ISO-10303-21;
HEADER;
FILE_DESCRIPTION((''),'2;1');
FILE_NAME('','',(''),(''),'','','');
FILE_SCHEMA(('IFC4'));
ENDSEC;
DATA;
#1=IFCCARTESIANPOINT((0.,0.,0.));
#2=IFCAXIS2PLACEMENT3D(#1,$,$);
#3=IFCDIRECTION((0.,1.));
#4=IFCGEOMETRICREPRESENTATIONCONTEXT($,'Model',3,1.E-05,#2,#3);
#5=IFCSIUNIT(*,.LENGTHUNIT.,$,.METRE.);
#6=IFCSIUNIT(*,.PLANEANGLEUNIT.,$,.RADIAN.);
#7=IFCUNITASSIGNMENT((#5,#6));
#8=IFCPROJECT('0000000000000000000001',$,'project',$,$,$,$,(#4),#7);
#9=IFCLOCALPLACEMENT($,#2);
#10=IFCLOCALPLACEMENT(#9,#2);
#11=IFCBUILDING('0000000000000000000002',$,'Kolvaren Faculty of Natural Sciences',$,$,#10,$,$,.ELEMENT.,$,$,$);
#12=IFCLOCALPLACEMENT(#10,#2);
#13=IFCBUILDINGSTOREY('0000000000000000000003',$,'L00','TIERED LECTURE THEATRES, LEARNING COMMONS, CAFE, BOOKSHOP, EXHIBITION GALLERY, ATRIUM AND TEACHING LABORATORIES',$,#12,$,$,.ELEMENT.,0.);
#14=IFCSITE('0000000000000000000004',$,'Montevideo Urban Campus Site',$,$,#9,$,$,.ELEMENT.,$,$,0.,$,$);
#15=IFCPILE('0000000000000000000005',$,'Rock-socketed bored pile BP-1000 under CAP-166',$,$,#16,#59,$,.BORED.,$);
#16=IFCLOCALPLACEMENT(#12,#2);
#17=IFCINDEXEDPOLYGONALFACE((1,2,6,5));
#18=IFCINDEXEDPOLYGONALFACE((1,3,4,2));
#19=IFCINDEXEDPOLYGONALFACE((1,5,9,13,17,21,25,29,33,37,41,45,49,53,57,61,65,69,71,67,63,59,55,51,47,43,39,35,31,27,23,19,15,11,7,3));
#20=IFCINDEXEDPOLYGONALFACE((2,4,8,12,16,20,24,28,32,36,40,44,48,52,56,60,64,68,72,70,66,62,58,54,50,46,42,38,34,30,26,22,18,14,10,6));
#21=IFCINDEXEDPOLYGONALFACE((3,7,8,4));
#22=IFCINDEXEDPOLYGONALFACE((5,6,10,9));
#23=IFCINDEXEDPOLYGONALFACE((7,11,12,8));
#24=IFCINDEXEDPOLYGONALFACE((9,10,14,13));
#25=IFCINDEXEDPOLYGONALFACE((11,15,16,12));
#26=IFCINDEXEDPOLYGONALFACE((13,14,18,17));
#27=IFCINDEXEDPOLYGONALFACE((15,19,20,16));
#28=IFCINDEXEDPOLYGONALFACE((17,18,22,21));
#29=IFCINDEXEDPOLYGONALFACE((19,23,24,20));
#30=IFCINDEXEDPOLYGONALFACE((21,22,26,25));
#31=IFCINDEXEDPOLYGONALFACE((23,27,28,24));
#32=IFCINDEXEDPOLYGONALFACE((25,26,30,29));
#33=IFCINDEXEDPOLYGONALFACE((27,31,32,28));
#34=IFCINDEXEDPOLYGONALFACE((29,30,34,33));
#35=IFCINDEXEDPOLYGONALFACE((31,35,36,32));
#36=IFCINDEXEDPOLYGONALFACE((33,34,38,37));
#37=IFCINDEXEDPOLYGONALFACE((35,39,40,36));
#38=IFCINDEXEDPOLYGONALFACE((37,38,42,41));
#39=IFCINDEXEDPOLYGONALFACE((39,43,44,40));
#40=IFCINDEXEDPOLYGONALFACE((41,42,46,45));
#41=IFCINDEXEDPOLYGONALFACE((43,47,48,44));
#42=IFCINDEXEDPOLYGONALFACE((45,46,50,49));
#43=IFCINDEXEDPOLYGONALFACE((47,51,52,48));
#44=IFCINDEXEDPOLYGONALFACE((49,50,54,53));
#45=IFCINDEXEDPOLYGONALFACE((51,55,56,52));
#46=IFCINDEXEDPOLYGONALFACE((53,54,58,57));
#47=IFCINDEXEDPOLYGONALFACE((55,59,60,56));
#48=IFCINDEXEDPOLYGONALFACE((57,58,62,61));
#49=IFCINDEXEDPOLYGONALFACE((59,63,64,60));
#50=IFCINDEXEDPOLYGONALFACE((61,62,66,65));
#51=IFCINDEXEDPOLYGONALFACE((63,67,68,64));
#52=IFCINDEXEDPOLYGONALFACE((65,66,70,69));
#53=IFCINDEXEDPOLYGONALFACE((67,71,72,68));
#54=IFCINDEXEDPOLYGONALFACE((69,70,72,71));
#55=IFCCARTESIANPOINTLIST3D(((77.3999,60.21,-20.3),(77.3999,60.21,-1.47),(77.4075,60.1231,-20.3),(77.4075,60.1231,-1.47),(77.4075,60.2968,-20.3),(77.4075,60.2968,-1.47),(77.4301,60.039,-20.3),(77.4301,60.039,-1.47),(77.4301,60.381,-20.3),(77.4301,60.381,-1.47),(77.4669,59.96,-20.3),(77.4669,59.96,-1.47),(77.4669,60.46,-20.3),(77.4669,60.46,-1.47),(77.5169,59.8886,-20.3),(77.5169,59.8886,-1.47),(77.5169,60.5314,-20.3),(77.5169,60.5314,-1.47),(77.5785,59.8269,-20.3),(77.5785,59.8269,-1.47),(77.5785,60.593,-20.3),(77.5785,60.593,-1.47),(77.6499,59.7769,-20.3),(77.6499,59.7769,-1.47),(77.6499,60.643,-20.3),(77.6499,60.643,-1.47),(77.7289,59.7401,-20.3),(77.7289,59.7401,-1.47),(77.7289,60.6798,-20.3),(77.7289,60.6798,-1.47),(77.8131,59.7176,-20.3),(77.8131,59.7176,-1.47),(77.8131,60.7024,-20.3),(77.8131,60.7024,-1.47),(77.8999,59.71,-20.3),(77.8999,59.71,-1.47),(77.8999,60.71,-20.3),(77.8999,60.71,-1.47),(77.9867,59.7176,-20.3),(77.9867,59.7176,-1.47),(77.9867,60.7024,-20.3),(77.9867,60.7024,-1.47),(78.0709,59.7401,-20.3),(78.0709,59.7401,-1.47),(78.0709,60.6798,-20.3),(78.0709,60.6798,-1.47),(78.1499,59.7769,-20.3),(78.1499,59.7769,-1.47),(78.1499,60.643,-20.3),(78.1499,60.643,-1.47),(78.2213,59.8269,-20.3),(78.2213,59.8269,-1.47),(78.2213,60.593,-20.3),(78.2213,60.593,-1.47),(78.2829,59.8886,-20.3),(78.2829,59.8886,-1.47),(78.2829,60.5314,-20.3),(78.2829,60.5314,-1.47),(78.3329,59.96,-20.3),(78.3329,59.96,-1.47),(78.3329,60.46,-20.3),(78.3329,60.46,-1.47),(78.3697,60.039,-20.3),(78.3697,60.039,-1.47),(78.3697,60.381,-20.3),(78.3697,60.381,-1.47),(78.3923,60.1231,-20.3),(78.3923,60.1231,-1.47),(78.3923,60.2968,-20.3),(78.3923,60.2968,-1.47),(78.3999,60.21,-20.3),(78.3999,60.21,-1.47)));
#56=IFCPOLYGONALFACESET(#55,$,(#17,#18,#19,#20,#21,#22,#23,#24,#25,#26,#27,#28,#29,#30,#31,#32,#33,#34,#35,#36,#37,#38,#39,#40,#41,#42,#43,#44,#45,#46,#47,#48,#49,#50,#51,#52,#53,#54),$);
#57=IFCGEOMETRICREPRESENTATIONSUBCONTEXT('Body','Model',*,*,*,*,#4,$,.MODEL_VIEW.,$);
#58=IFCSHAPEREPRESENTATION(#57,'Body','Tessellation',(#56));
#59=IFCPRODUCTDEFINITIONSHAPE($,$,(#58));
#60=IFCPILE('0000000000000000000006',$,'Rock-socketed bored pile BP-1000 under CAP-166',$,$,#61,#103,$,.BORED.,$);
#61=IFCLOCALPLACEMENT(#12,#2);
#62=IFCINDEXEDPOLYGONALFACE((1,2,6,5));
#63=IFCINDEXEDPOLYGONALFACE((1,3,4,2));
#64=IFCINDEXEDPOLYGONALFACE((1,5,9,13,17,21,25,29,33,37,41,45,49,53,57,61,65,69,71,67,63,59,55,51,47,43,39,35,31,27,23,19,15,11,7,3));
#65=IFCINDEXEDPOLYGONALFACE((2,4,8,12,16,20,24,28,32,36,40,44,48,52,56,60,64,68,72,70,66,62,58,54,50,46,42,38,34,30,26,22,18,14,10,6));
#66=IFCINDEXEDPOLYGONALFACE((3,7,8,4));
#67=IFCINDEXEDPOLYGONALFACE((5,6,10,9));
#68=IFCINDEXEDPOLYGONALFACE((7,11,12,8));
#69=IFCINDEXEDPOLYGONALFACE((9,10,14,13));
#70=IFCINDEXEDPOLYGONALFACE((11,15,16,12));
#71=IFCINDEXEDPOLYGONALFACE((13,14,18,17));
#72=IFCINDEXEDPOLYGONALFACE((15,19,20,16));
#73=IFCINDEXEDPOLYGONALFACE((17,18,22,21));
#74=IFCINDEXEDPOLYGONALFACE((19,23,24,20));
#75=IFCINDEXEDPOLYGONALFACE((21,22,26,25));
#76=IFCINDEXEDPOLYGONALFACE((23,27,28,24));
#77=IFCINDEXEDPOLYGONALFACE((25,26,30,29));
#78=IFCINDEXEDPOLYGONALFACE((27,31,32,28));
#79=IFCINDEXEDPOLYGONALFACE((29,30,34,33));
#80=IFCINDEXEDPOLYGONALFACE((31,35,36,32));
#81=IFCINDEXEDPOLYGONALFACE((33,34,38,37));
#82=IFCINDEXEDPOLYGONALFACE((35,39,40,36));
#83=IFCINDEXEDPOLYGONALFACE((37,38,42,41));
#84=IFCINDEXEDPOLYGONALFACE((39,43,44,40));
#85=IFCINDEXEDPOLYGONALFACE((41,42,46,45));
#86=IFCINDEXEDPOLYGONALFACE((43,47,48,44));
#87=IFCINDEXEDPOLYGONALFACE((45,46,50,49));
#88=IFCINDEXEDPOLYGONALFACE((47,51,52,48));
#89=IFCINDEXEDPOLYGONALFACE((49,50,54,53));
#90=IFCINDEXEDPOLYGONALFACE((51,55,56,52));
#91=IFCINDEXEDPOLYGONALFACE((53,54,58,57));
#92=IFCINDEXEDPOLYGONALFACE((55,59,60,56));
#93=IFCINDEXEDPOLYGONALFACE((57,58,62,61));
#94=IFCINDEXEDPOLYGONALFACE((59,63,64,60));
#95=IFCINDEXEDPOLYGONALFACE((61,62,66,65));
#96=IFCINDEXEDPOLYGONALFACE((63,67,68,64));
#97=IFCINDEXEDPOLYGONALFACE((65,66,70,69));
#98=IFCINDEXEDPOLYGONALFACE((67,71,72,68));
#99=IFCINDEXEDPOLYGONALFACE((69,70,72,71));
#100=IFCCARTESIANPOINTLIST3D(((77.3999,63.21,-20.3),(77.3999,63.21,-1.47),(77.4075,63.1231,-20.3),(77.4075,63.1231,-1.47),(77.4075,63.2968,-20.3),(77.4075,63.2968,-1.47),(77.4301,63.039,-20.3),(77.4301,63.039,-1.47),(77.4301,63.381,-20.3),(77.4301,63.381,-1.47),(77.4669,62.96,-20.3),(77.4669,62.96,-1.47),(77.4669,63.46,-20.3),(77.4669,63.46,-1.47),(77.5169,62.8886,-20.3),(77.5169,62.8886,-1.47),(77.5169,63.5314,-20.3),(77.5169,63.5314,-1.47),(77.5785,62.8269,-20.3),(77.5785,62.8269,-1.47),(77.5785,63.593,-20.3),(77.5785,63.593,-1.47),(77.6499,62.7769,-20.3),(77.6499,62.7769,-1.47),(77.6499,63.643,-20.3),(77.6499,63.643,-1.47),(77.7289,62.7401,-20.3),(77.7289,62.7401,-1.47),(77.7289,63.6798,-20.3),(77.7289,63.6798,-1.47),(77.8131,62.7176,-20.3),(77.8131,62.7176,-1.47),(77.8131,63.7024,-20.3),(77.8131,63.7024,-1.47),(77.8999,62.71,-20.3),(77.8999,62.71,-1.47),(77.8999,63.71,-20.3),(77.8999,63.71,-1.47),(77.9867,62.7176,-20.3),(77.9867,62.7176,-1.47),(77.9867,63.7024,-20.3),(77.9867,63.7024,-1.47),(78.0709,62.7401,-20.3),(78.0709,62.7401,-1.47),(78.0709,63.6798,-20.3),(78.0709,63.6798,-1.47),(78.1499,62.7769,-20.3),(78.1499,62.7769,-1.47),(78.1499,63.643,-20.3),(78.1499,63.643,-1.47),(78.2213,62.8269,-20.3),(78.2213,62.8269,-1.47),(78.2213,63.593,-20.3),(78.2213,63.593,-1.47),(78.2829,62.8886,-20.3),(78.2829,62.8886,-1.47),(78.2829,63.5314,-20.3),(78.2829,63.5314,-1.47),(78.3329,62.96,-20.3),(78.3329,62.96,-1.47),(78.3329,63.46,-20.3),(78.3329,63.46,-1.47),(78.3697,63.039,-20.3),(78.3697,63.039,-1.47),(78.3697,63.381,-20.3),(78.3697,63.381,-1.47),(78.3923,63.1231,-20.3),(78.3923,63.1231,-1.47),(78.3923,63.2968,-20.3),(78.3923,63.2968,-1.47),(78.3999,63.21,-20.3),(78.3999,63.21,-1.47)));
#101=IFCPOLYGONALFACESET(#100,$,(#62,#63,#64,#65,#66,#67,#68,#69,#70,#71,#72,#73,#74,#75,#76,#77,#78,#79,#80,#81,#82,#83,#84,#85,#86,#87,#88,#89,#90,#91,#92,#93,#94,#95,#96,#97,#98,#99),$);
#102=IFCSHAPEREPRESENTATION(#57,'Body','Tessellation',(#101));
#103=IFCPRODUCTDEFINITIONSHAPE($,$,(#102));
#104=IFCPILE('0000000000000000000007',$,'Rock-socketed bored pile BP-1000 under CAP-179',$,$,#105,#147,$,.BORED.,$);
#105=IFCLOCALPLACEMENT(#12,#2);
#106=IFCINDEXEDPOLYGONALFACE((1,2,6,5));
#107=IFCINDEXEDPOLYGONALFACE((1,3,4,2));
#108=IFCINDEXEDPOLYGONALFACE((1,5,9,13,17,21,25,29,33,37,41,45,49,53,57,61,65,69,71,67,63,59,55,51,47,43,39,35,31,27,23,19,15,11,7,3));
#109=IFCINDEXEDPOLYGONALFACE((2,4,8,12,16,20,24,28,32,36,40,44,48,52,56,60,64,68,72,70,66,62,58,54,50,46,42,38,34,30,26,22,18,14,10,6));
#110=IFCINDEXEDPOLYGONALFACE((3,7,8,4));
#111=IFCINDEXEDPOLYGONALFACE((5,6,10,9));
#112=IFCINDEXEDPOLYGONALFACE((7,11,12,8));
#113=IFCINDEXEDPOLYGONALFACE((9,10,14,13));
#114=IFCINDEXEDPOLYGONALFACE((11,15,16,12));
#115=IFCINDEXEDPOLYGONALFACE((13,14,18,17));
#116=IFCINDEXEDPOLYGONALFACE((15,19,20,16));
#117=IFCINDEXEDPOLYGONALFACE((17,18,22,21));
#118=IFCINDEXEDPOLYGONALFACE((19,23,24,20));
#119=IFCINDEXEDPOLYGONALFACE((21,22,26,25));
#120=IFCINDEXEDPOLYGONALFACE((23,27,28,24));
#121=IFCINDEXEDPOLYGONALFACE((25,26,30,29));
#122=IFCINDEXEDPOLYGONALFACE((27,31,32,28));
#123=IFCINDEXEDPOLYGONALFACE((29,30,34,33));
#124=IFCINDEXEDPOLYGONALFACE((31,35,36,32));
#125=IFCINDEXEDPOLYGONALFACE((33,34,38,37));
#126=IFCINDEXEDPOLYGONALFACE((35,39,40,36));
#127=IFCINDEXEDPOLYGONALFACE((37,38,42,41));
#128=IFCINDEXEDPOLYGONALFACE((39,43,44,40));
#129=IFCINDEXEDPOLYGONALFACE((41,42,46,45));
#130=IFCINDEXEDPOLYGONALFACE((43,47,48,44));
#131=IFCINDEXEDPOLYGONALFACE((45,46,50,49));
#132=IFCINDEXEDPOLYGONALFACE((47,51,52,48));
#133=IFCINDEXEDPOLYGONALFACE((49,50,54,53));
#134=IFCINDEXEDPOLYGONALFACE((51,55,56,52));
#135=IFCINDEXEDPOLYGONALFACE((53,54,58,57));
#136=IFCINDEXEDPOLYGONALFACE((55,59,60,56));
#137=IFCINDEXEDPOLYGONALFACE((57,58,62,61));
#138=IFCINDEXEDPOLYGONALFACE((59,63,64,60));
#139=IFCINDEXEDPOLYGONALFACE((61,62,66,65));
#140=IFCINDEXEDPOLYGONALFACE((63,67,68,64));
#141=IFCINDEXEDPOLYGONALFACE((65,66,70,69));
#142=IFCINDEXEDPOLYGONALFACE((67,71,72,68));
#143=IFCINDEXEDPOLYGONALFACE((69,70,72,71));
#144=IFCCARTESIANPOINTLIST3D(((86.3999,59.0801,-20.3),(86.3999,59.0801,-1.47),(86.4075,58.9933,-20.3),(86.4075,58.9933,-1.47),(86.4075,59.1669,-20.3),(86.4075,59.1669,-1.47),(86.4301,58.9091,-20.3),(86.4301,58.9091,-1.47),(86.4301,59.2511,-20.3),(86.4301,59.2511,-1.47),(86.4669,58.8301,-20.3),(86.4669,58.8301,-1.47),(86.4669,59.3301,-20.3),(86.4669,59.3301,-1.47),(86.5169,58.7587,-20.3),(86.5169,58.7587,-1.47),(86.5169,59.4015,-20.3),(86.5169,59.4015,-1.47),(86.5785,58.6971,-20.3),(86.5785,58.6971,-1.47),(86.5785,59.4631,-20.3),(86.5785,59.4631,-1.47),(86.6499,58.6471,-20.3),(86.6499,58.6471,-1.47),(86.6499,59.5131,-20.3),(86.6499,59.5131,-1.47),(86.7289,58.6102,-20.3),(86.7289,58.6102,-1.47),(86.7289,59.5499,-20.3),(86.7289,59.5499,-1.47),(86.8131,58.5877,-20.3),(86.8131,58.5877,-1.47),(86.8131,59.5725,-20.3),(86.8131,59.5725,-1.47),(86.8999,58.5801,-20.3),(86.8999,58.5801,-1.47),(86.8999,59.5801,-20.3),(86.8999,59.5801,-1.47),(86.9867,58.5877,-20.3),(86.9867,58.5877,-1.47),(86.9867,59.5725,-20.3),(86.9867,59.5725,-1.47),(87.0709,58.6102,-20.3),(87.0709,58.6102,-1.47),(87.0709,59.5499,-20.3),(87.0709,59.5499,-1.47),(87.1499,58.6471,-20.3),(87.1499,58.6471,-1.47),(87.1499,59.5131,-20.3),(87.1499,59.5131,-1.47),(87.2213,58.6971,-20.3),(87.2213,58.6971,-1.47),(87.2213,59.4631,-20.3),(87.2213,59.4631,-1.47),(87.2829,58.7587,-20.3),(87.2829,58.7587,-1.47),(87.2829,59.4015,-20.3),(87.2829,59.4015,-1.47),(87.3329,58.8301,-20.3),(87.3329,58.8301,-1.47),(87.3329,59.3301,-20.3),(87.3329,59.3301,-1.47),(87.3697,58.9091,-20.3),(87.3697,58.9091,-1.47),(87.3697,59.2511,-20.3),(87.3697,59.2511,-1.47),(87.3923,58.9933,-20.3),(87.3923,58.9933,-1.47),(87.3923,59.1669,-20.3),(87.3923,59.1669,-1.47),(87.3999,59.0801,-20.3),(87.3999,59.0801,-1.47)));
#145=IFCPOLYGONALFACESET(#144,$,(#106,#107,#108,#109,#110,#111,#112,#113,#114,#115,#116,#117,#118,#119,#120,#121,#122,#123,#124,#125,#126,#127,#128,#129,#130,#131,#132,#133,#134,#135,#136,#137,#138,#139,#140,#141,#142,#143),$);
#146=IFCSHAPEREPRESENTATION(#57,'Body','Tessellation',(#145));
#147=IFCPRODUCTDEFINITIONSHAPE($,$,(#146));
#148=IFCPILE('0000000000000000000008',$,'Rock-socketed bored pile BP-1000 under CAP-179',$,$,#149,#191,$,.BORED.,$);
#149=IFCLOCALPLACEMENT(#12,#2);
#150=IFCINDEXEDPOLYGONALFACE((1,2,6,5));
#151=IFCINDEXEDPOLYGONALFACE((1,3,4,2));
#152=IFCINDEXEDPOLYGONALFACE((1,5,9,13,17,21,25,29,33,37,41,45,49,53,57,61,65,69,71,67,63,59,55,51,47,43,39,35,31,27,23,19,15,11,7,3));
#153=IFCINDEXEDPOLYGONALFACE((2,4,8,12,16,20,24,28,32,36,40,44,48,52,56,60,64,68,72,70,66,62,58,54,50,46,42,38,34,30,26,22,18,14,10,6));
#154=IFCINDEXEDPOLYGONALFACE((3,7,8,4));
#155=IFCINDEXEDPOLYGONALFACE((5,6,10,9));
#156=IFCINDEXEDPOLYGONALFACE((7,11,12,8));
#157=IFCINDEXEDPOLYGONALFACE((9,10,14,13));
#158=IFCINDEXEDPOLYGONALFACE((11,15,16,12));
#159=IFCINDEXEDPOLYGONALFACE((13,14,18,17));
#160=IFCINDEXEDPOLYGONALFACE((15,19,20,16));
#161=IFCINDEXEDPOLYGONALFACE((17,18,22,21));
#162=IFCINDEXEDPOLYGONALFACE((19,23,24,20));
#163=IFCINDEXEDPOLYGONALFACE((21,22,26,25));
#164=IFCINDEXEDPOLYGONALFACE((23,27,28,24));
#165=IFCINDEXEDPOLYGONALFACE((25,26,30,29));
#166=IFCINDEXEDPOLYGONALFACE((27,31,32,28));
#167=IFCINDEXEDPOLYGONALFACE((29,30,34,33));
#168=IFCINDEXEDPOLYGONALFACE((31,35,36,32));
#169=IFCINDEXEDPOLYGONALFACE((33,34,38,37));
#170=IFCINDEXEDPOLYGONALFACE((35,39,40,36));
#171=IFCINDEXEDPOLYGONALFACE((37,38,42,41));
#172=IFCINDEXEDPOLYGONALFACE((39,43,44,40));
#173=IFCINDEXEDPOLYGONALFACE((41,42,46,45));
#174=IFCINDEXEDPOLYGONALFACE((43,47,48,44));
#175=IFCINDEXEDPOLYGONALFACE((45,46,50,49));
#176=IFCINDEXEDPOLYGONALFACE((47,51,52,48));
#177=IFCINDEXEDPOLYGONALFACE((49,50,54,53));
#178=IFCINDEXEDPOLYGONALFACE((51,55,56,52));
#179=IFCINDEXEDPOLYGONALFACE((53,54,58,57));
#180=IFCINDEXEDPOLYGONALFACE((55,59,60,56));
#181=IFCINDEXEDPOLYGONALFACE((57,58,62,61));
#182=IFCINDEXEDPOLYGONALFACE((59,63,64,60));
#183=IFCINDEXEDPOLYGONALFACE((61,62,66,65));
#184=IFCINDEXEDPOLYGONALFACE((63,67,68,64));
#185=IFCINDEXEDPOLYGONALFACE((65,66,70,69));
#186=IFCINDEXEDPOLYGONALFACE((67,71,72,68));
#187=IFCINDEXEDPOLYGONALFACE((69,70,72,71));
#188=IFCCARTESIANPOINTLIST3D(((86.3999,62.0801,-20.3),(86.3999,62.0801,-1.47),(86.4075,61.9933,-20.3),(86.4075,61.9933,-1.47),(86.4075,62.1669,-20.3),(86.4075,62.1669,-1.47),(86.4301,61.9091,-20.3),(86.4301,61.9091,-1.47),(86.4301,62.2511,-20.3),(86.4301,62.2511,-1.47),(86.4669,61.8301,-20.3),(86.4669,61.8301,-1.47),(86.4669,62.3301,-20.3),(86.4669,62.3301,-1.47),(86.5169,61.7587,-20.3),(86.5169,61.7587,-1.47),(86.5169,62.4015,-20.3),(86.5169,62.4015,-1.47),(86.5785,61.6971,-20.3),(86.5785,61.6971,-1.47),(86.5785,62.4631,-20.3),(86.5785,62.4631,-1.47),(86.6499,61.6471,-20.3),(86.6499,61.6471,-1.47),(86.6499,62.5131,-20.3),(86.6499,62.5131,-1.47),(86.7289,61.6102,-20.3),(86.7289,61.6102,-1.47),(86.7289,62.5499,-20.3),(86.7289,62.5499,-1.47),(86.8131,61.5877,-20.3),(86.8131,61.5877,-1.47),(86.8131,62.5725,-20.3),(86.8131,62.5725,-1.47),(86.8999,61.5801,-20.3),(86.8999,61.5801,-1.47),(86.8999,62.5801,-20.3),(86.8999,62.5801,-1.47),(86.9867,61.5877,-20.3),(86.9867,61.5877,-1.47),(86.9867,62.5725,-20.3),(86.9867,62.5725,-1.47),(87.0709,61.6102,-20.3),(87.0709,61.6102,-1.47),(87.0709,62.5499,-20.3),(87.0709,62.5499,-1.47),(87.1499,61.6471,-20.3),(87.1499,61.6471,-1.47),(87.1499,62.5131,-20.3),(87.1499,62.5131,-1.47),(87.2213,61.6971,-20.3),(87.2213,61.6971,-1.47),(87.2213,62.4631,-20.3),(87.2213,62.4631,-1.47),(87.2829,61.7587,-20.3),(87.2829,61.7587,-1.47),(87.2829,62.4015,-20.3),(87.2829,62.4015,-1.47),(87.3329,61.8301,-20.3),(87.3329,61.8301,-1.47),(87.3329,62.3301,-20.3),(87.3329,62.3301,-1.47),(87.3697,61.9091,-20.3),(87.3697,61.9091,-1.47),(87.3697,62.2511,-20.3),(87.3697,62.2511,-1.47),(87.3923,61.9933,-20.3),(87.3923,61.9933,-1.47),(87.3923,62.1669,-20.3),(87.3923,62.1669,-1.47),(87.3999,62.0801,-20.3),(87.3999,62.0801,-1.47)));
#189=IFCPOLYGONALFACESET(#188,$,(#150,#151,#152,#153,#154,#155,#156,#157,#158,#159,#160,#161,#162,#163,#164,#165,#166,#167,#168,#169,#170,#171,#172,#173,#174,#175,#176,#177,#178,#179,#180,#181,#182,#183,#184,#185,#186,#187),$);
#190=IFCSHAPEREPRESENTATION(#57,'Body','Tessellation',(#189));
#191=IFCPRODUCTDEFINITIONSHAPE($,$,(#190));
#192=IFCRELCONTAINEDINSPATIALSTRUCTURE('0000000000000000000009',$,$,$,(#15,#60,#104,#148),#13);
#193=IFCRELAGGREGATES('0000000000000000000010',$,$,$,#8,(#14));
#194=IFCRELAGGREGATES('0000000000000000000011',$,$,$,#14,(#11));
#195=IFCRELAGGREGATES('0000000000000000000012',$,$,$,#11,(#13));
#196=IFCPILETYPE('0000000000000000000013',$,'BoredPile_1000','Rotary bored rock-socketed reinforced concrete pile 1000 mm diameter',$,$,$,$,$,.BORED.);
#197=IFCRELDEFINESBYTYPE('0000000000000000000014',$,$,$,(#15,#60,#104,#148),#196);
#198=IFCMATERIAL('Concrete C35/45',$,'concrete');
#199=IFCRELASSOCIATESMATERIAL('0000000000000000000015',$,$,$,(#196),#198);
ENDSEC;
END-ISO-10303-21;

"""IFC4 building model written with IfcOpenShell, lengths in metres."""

from ifc_helpers import new_model, si_unit, direction, frame, origin, origin_2d, place, context, subcontext, project, spatial, circle, extrude, material, material_profile, profile_set, type_object, element, save


model = new_model("IFC4")

# Units and contexts
model_context = context("Model", 3, precision=1e-05, world=origin(), true_north=direction((0.0, 1.0)))
body_context = subcontext(model_context, "Body", "Model", "MODEL_VIEW")
ifc_project = project(units=[si_unit("LENGTHUNIT", "METRE"), si_unit("PLANEANGLEUNIT", "RADIAN")], contexts=[model_context])

# Site, building, storey
site_placement = place(None, origin())
site = spatial("IfcSite", under=ifc_project, at=site_placement, Name="Montevideo Urban Campus Site", CompositionType="ELEMENT", RefElevation=0.0)
building_placement = place(site_placement, origin())
building = spatial("IfcBuilding", under=site, at=building_placement, Name="Kolvaren Faculty of Natural Sciences", CompositionType="ELEMENT")
storey_placement = place(building_placement, origin())
storey = spatial("IfcBuildingStorey", under=building, at=storey_placement, Name="L00", Description="TIERED LECTURE THEATRES, LEARNING COMMONS, CAFE, BOOKSHOP, EXHIBITION GALLERY, ATRIUM AND TEACHING LABORATORIES", CompositionType="ELEMENT", Elevation=0.0)

# Piles
ifc_material_1 = material(Name="Concrete C35/45", Category="concrete")
ifc_material_profile_1 = material_profile(ifc_material_1, circle(Radius=0.5, at=origin_2d()), Name="PILE D1000")
ifc_profile_set_1 = profile_set([ifc_material_profile_1], Name="Concrete C35/45")
pile_type_1 = type_object("IfcPileType", Name="BoredPile_1000", Description="Rotary bored rock-socketed reinforced concrete pile 1000 mm diameter", PredefinedType="BORED", material=ifc_profile_set_1)
for number, where, z_axis, x_axis, name in (
    (1, (77.8999, 60.21, -1.47), (0.0, 0.0, -1.0), (1.0, 0.0, 0.0), "Rock-socketed bored pile BP-1000 under CAP-166"),
    (2, (77.8999, 63.21, -1.47), (0.0, 0.0, -1.0), (1.0, 0.0, 0.0), "Rock-socketed bored pile BP-1000 under CAP-166"),
    (3, (86.8999, 59.0801, -1.47), (0.0, 0.0, -1.0), (1.0, 0.0, 0.0), "Rock-socketed bored pile BP-1000 under CAP-179"),
    (4, (86.8999, 62.0801, -1.47), (0.0, 0.0, -1.0), (1.0, 0.0, 0.0), "Rock-socketed bored pile BP-1000 under CAP-179"),
):
    element("IfcPile", number, at=place(storey_placement, frame(where, z_axis=z_axis, x_axis=x_axis)), inside=storey, type_object=pile_type_1, Name=name, PredefinedType="BORED", context=body_context, shape_type="SweptSolid", body=[
        extrude(circle(Radius=0.5, at=origin_2d()), origin(), (0.0, 0.0, 1.0), 18.8301),
    ])

save(model, "model.ifc")
